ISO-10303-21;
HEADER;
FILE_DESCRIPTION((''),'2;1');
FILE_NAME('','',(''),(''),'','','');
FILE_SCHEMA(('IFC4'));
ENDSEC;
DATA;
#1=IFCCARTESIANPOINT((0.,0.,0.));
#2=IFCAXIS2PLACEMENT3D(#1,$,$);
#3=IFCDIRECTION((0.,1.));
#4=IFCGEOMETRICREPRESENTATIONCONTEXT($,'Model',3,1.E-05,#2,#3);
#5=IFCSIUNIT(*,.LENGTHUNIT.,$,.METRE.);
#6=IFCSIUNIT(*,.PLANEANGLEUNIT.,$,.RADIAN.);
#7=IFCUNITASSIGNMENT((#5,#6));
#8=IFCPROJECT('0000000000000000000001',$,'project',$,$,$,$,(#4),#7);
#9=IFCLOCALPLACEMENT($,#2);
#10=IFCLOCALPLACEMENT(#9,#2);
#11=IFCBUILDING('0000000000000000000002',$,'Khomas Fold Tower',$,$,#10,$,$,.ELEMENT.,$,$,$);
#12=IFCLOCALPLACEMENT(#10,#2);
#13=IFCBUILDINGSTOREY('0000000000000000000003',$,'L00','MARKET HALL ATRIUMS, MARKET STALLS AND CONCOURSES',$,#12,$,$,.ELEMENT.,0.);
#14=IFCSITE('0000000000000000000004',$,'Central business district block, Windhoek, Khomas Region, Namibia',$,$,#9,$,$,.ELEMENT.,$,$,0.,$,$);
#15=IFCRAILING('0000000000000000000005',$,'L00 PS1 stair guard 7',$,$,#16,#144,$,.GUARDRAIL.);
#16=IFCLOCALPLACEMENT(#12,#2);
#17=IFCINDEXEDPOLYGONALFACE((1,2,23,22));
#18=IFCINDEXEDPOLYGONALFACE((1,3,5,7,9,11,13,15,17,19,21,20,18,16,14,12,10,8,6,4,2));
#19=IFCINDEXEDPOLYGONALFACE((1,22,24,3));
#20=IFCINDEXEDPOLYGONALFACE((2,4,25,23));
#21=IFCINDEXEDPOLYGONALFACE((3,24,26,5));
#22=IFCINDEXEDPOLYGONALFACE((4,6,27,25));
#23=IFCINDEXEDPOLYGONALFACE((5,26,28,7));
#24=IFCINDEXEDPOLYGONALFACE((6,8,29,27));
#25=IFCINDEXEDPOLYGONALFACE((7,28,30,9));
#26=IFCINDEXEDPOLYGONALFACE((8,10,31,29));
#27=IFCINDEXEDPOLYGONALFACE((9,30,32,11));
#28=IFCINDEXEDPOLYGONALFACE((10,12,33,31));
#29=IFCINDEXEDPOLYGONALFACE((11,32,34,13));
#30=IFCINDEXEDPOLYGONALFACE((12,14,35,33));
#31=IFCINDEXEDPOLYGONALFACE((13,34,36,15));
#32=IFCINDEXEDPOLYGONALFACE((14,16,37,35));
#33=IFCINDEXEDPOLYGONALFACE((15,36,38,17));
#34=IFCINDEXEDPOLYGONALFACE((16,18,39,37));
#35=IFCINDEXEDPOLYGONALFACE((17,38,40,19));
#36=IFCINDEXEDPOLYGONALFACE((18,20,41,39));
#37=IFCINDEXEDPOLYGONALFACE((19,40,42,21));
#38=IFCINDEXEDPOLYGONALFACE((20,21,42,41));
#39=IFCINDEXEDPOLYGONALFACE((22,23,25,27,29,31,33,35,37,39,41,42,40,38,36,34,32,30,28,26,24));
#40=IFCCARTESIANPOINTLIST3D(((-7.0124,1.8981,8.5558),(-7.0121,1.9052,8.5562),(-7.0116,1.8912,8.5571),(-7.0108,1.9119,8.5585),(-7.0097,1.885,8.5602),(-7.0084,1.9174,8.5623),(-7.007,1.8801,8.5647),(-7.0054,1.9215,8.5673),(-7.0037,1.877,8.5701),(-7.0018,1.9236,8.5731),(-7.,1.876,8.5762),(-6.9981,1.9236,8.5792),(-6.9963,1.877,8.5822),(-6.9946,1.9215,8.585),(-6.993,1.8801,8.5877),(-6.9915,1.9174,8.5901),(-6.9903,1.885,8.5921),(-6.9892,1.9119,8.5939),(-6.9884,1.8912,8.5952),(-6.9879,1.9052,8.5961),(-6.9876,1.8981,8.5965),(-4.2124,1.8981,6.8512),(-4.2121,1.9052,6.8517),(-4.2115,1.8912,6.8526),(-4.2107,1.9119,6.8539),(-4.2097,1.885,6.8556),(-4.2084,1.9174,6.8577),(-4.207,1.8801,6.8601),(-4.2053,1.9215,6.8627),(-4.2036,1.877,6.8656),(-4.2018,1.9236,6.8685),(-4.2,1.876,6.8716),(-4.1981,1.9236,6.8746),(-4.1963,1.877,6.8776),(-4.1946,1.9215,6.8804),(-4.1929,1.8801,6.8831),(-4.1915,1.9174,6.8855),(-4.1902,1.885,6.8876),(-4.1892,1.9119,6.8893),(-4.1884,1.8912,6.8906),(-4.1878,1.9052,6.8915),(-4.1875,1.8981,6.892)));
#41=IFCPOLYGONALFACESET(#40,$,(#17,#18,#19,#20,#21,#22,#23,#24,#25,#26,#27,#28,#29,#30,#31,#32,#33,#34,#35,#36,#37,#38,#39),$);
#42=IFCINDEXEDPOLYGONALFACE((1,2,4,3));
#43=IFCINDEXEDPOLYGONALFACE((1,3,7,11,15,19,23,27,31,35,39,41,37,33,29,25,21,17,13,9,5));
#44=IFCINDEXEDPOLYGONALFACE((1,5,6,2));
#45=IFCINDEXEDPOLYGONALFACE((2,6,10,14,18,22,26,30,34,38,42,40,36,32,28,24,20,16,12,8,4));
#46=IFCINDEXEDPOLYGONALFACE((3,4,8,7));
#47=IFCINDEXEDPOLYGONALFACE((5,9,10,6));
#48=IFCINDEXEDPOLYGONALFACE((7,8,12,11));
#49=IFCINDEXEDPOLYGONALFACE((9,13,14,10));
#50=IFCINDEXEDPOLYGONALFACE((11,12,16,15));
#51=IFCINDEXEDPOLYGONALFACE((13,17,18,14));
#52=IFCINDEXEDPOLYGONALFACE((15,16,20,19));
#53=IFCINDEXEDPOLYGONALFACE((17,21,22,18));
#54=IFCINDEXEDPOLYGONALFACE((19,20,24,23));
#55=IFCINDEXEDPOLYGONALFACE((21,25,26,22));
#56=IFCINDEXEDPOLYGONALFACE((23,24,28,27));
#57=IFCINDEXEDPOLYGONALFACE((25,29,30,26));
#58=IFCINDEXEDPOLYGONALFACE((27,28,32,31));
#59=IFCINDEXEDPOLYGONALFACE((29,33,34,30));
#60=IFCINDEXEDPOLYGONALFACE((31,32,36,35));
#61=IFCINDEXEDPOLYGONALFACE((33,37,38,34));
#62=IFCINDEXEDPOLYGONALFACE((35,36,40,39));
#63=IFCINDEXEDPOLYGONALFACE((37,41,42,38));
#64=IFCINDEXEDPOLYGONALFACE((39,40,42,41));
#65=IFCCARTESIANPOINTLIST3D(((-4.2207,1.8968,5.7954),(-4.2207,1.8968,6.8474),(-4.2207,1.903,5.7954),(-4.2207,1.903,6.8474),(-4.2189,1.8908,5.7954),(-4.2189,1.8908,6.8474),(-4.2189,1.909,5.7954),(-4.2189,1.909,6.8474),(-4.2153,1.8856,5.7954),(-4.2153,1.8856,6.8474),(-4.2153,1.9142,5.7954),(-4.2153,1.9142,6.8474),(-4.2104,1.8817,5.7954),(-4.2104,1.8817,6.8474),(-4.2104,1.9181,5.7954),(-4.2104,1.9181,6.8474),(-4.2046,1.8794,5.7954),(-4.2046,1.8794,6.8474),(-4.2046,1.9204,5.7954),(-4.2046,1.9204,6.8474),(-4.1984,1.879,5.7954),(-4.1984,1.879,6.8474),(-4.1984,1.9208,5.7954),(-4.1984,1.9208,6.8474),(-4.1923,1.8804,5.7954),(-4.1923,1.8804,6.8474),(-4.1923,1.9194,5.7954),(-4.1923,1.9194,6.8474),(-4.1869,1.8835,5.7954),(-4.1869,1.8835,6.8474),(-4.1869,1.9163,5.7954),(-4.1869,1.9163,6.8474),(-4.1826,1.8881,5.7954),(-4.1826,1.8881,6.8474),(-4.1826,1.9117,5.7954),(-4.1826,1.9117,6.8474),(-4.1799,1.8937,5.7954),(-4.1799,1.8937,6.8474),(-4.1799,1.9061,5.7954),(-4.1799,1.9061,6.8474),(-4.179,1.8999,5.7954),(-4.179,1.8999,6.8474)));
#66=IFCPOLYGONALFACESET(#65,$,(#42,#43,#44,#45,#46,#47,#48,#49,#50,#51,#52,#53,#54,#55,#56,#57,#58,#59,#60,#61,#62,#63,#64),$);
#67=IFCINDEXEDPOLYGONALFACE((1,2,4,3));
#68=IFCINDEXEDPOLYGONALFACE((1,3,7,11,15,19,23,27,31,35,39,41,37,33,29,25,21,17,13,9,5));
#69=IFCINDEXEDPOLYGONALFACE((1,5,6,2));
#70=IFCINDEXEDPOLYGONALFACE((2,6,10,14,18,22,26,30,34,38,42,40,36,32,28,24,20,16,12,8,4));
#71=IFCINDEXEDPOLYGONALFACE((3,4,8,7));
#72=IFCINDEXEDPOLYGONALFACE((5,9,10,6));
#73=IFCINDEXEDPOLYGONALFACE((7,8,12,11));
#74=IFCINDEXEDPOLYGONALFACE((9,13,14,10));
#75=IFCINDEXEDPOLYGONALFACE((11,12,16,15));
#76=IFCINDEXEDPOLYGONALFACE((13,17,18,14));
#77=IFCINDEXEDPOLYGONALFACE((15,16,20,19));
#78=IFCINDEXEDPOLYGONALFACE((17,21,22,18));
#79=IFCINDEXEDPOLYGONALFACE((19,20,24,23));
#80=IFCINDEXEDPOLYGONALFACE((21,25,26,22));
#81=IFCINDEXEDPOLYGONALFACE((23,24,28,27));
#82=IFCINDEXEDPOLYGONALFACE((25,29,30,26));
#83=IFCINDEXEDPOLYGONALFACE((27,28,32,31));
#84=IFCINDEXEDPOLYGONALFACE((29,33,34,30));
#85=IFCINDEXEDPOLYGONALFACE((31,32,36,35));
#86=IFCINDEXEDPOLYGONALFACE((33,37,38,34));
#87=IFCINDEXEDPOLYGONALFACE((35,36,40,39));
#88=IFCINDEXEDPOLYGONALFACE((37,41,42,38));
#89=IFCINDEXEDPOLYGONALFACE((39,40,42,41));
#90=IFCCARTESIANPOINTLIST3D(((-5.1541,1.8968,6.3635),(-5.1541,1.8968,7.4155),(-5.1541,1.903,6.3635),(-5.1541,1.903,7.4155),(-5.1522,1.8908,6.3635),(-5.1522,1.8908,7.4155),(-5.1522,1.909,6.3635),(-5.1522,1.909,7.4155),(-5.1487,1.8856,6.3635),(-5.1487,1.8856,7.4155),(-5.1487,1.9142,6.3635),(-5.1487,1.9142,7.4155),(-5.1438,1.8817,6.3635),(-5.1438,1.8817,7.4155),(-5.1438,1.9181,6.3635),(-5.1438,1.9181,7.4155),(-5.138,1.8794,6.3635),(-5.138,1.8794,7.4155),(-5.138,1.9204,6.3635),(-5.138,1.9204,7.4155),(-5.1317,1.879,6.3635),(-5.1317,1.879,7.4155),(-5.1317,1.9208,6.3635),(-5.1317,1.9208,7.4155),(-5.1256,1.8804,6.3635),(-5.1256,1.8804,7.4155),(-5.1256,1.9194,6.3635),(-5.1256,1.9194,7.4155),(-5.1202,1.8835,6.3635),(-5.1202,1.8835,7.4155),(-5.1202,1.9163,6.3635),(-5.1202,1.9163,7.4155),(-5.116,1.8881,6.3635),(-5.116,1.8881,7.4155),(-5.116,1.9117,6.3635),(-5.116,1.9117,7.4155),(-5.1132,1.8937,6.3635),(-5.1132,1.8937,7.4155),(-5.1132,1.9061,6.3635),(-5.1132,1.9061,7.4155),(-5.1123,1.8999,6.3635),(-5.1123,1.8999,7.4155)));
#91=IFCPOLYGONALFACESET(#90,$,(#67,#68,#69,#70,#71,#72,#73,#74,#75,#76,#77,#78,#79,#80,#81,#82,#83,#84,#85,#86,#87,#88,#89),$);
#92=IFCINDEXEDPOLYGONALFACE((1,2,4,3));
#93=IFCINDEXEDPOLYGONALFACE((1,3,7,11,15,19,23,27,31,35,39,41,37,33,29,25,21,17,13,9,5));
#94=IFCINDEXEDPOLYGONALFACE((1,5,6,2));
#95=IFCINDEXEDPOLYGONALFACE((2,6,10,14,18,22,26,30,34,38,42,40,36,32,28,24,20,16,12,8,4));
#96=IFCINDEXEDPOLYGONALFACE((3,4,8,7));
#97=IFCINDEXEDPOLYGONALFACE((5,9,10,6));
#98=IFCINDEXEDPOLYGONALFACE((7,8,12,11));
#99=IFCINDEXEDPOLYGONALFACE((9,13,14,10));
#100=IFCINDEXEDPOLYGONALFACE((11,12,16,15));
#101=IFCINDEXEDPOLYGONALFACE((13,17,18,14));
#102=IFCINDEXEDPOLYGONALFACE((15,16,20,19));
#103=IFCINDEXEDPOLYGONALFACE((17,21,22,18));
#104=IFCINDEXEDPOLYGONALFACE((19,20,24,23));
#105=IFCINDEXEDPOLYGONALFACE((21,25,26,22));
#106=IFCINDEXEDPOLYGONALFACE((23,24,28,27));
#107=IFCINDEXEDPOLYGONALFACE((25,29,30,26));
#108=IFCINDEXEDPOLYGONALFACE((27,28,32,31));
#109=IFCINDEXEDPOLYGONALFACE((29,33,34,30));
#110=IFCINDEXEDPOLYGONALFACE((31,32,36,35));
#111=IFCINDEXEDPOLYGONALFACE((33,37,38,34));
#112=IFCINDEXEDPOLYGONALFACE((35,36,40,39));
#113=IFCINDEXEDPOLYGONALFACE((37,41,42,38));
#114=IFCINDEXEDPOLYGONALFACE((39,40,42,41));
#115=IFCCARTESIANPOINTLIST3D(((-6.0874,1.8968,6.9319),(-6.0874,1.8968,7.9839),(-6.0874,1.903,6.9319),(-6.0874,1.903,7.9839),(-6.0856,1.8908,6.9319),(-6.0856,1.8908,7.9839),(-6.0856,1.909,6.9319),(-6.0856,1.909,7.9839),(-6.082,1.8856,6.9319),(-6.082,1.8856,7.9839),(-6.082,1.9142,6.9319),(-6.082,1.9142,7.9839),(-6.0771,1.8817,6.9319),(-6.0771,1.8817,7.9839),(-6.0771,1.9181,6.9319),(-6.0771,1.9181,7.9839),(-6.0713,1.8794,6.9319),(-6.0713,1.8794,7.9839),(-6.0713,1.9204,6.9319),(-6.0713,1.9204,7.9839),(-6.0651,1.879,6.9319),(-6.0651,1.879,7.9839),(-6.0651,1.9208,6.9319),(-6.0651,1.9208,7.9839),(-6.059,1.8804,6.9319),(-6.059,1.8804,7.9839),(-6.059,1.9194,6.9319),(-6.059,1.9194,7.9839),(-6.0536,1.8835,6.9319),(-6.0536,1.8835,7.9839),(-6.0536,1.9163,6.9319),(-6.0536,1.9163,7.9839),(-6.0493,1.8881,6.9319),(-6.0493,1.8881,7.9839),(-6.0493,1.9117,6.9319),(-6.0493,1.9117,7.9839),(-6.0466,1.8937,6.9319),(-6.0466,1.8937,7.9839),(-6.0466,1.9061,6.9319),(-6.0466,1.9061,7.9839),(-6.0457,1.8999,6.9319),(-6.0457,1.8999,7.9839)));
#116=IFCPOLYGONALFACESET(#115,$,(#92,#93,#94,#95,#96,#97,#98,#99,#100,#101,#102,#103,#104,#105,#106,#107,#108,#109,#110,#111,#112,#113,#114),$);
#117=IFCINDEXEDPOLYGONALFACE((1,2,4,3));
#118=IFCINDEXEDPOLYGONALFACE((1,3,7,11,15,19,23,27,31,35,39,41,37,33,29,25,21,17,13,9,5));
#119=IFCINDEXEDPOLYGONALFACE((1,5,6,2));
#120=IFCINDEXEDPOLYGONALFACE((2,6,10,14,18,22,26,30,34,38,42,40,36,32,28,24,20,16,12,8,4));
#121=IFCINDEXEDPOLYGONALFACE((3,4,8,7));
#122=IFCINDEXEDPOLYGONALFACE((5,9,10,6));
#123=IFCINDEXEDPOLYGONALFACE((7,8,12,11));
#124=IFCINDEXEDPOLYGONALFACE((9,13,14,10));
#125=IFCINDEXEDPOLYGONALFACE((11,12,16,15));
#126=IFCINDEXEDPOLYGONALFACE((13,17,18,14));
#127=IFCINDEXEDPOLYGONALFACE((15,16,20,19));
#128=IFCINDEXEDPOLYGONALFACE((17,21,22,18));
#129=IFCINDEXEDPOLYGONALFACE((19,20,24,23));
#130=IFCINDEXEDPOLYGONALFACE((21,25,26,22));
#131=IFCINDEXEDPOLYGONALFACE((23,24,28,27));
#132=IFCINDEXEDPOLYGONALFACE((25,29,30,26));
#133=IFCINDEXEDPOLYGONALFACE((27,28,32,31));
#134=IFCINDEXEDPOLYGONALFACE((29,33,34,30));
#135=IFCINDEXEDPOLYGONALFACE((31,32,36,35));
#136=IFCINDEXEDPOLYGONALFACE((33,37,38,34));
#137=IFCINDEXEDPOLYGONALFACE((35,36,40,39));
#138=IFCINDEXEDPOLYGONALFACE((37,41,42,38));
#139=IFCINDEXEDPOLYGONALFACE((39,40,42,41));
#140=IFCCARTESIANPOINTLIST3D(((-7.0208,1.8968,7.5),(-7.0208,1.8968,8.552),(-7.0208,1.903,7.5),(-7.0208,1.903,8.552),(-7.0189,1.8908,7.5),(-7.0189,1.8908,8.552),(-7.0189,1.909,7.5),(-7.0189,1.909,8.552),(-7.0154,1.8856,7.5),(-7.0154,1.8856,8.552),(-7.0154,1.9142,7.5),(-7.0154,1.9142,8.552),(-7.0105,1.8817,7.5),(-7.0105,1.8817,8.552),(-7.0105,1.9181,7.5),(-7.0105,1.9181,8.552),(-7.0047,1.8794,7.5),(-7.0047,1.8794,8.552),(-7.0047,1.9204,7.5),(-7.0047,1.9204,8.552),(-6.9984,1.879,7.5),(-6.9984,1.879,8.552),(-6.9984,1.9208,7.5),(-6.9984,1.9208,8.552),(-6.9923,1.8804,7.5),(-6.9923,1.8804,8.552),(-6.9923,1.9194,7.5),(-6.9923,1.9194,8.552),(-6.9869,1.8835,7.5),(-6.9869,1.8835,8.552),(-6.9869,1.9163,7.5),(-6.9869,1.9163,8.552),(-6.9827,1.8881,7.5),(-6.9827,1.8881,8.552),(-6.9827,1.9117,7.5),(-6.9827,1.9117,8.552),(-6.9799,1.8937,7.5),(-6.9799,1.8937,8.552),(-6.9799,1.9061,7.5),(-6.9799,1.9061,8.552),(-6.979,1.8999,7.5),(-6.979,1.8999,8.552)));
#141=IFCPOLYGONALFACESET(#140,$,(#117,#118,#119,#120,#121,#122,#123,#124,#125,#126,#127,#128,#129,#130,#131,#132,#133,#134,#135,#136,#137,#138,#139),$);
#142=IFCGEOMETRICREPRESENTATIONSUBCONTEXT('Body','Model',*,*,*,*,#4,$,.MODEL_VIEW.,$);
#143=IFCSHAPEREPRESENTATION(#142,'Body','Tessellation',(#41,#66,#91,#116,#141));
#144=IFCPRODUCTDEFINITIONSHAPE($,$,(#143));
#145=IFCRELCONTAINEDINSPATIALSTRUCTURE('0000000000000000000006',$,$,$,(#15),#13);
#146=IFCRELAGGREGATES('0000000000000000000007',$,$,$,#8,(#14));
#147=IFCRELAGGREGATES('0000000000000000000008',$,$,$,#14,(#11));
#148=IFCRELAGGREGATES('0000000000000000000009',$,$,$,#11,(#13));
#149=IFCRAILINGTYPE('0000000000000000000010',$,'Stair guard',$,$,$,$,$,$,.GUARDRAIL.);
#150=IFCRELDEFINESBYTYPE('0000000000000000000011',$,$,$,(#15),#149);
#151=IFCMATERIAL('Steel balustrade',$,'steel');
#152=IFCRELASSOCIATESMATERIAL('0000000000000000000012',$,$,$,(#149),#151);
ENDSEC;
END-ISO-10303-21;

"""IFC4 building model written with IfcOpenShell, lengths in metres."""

from ifc_helpers import new_model, si_unit, direction, frame, origin, origin_2d, place, context, subcontext, project, spatial, circle, extrude, source, transform, mapped, material, type_object, element, save


model = new_model("IFC4")

# Units and contexts
model_context = context("Model", 3, precision=1e-05, world=origin(), true_north=direction((0.0, 1.0)))
body_context = subcontext(model_context, "Body", "Model", "MODEL_VIEW")
ifc_project = project(units=[si_unit("LENGTHUNIT", "METRE"), si_unit("PLANEANGLEUNIT", "RADIAN")], contexts=[model_context])

# Site, building, storey
site_placement = place(None, origin())
site = spatial("IfcSite", under=ifc_project, at=site_placement, Name="Central business district block, Windhoek, Khomas Region, Namibia", CompositionType="ELEMENT", RefElevation=0.0)
building_placement = place(site_placement, origin())
building = spatial("IfcBuilding", under=site, at=building_placement, Name="Khomas Fold Tower", CompositionType="ELEMENT")
storey_placement = place(building_placement, origin())
storey = spatial("IfcBuildingStorey", under=building, at=storey_placement, Name="L00", Description="MARKET HALL ATRIUMS, MARKET STALLS AND CONCOURSES", CompositionType="ELEMENT", Elevation=0.0)

# Railing
ifc_material_1 = material(Name="Steel balustrade", Category="steel")
railing_type_1 = type_object("IfcRailingType", Name="Stair guard", PredefinedType="GUARDRAIL", material=ifc_material_1)
shared_shape_1 = source(origin(), body_context, "Body", "SweptSolid", [
    extrude(circle(Radius=0.0239, at=origin_2d()), frame((0.0, 0.0, 1.0762), z_axis=(-0.85417, 0.0, 0.519994), x_axis=(0.0, -1.0, 0.0)), (0.0, 0.0, 1.0), 3.2781),
    extrude(circle(Radius=0.021, at=origin_2d()), origin(), (0.0, 0.0, 1.0), 1.052),
    extrude(circle(Radius=0.021, at=origin_2d()), frame((-0.9333, 0.0, 0.5681)), (0.0, 0.0, 1.0), 1.052),
    extrude(circle(Radius=0.021, at=origin_2d()), frame((-1.8667, 0.0, 1.1365)), (0.0, 0.0, 1.0), 1.052),
    extrude(circle(Radius=0.021, at=origin_2d()), frame((-2.8, 0.0, 1.7046)), (0.0, 0.0, 1.0), 1.052),
])
for number, where, name in (
    (1, (-4.2, 1.8999, 5.7954), "L00 PS1 stair guard 7"),
):
    element("IfcRailing", number, at=place(storey_placement, frame(where)), inside=storey, type_object=railing_type_1, Name=name, PredefinedType="GUARDRAIL", context=body_context, shape_type="MappedRepresentation", body=[
        mapped(shared_shape_1, transform((0.0, 0.0, 0.0))),
    ])

save(model, "model.ifc")
